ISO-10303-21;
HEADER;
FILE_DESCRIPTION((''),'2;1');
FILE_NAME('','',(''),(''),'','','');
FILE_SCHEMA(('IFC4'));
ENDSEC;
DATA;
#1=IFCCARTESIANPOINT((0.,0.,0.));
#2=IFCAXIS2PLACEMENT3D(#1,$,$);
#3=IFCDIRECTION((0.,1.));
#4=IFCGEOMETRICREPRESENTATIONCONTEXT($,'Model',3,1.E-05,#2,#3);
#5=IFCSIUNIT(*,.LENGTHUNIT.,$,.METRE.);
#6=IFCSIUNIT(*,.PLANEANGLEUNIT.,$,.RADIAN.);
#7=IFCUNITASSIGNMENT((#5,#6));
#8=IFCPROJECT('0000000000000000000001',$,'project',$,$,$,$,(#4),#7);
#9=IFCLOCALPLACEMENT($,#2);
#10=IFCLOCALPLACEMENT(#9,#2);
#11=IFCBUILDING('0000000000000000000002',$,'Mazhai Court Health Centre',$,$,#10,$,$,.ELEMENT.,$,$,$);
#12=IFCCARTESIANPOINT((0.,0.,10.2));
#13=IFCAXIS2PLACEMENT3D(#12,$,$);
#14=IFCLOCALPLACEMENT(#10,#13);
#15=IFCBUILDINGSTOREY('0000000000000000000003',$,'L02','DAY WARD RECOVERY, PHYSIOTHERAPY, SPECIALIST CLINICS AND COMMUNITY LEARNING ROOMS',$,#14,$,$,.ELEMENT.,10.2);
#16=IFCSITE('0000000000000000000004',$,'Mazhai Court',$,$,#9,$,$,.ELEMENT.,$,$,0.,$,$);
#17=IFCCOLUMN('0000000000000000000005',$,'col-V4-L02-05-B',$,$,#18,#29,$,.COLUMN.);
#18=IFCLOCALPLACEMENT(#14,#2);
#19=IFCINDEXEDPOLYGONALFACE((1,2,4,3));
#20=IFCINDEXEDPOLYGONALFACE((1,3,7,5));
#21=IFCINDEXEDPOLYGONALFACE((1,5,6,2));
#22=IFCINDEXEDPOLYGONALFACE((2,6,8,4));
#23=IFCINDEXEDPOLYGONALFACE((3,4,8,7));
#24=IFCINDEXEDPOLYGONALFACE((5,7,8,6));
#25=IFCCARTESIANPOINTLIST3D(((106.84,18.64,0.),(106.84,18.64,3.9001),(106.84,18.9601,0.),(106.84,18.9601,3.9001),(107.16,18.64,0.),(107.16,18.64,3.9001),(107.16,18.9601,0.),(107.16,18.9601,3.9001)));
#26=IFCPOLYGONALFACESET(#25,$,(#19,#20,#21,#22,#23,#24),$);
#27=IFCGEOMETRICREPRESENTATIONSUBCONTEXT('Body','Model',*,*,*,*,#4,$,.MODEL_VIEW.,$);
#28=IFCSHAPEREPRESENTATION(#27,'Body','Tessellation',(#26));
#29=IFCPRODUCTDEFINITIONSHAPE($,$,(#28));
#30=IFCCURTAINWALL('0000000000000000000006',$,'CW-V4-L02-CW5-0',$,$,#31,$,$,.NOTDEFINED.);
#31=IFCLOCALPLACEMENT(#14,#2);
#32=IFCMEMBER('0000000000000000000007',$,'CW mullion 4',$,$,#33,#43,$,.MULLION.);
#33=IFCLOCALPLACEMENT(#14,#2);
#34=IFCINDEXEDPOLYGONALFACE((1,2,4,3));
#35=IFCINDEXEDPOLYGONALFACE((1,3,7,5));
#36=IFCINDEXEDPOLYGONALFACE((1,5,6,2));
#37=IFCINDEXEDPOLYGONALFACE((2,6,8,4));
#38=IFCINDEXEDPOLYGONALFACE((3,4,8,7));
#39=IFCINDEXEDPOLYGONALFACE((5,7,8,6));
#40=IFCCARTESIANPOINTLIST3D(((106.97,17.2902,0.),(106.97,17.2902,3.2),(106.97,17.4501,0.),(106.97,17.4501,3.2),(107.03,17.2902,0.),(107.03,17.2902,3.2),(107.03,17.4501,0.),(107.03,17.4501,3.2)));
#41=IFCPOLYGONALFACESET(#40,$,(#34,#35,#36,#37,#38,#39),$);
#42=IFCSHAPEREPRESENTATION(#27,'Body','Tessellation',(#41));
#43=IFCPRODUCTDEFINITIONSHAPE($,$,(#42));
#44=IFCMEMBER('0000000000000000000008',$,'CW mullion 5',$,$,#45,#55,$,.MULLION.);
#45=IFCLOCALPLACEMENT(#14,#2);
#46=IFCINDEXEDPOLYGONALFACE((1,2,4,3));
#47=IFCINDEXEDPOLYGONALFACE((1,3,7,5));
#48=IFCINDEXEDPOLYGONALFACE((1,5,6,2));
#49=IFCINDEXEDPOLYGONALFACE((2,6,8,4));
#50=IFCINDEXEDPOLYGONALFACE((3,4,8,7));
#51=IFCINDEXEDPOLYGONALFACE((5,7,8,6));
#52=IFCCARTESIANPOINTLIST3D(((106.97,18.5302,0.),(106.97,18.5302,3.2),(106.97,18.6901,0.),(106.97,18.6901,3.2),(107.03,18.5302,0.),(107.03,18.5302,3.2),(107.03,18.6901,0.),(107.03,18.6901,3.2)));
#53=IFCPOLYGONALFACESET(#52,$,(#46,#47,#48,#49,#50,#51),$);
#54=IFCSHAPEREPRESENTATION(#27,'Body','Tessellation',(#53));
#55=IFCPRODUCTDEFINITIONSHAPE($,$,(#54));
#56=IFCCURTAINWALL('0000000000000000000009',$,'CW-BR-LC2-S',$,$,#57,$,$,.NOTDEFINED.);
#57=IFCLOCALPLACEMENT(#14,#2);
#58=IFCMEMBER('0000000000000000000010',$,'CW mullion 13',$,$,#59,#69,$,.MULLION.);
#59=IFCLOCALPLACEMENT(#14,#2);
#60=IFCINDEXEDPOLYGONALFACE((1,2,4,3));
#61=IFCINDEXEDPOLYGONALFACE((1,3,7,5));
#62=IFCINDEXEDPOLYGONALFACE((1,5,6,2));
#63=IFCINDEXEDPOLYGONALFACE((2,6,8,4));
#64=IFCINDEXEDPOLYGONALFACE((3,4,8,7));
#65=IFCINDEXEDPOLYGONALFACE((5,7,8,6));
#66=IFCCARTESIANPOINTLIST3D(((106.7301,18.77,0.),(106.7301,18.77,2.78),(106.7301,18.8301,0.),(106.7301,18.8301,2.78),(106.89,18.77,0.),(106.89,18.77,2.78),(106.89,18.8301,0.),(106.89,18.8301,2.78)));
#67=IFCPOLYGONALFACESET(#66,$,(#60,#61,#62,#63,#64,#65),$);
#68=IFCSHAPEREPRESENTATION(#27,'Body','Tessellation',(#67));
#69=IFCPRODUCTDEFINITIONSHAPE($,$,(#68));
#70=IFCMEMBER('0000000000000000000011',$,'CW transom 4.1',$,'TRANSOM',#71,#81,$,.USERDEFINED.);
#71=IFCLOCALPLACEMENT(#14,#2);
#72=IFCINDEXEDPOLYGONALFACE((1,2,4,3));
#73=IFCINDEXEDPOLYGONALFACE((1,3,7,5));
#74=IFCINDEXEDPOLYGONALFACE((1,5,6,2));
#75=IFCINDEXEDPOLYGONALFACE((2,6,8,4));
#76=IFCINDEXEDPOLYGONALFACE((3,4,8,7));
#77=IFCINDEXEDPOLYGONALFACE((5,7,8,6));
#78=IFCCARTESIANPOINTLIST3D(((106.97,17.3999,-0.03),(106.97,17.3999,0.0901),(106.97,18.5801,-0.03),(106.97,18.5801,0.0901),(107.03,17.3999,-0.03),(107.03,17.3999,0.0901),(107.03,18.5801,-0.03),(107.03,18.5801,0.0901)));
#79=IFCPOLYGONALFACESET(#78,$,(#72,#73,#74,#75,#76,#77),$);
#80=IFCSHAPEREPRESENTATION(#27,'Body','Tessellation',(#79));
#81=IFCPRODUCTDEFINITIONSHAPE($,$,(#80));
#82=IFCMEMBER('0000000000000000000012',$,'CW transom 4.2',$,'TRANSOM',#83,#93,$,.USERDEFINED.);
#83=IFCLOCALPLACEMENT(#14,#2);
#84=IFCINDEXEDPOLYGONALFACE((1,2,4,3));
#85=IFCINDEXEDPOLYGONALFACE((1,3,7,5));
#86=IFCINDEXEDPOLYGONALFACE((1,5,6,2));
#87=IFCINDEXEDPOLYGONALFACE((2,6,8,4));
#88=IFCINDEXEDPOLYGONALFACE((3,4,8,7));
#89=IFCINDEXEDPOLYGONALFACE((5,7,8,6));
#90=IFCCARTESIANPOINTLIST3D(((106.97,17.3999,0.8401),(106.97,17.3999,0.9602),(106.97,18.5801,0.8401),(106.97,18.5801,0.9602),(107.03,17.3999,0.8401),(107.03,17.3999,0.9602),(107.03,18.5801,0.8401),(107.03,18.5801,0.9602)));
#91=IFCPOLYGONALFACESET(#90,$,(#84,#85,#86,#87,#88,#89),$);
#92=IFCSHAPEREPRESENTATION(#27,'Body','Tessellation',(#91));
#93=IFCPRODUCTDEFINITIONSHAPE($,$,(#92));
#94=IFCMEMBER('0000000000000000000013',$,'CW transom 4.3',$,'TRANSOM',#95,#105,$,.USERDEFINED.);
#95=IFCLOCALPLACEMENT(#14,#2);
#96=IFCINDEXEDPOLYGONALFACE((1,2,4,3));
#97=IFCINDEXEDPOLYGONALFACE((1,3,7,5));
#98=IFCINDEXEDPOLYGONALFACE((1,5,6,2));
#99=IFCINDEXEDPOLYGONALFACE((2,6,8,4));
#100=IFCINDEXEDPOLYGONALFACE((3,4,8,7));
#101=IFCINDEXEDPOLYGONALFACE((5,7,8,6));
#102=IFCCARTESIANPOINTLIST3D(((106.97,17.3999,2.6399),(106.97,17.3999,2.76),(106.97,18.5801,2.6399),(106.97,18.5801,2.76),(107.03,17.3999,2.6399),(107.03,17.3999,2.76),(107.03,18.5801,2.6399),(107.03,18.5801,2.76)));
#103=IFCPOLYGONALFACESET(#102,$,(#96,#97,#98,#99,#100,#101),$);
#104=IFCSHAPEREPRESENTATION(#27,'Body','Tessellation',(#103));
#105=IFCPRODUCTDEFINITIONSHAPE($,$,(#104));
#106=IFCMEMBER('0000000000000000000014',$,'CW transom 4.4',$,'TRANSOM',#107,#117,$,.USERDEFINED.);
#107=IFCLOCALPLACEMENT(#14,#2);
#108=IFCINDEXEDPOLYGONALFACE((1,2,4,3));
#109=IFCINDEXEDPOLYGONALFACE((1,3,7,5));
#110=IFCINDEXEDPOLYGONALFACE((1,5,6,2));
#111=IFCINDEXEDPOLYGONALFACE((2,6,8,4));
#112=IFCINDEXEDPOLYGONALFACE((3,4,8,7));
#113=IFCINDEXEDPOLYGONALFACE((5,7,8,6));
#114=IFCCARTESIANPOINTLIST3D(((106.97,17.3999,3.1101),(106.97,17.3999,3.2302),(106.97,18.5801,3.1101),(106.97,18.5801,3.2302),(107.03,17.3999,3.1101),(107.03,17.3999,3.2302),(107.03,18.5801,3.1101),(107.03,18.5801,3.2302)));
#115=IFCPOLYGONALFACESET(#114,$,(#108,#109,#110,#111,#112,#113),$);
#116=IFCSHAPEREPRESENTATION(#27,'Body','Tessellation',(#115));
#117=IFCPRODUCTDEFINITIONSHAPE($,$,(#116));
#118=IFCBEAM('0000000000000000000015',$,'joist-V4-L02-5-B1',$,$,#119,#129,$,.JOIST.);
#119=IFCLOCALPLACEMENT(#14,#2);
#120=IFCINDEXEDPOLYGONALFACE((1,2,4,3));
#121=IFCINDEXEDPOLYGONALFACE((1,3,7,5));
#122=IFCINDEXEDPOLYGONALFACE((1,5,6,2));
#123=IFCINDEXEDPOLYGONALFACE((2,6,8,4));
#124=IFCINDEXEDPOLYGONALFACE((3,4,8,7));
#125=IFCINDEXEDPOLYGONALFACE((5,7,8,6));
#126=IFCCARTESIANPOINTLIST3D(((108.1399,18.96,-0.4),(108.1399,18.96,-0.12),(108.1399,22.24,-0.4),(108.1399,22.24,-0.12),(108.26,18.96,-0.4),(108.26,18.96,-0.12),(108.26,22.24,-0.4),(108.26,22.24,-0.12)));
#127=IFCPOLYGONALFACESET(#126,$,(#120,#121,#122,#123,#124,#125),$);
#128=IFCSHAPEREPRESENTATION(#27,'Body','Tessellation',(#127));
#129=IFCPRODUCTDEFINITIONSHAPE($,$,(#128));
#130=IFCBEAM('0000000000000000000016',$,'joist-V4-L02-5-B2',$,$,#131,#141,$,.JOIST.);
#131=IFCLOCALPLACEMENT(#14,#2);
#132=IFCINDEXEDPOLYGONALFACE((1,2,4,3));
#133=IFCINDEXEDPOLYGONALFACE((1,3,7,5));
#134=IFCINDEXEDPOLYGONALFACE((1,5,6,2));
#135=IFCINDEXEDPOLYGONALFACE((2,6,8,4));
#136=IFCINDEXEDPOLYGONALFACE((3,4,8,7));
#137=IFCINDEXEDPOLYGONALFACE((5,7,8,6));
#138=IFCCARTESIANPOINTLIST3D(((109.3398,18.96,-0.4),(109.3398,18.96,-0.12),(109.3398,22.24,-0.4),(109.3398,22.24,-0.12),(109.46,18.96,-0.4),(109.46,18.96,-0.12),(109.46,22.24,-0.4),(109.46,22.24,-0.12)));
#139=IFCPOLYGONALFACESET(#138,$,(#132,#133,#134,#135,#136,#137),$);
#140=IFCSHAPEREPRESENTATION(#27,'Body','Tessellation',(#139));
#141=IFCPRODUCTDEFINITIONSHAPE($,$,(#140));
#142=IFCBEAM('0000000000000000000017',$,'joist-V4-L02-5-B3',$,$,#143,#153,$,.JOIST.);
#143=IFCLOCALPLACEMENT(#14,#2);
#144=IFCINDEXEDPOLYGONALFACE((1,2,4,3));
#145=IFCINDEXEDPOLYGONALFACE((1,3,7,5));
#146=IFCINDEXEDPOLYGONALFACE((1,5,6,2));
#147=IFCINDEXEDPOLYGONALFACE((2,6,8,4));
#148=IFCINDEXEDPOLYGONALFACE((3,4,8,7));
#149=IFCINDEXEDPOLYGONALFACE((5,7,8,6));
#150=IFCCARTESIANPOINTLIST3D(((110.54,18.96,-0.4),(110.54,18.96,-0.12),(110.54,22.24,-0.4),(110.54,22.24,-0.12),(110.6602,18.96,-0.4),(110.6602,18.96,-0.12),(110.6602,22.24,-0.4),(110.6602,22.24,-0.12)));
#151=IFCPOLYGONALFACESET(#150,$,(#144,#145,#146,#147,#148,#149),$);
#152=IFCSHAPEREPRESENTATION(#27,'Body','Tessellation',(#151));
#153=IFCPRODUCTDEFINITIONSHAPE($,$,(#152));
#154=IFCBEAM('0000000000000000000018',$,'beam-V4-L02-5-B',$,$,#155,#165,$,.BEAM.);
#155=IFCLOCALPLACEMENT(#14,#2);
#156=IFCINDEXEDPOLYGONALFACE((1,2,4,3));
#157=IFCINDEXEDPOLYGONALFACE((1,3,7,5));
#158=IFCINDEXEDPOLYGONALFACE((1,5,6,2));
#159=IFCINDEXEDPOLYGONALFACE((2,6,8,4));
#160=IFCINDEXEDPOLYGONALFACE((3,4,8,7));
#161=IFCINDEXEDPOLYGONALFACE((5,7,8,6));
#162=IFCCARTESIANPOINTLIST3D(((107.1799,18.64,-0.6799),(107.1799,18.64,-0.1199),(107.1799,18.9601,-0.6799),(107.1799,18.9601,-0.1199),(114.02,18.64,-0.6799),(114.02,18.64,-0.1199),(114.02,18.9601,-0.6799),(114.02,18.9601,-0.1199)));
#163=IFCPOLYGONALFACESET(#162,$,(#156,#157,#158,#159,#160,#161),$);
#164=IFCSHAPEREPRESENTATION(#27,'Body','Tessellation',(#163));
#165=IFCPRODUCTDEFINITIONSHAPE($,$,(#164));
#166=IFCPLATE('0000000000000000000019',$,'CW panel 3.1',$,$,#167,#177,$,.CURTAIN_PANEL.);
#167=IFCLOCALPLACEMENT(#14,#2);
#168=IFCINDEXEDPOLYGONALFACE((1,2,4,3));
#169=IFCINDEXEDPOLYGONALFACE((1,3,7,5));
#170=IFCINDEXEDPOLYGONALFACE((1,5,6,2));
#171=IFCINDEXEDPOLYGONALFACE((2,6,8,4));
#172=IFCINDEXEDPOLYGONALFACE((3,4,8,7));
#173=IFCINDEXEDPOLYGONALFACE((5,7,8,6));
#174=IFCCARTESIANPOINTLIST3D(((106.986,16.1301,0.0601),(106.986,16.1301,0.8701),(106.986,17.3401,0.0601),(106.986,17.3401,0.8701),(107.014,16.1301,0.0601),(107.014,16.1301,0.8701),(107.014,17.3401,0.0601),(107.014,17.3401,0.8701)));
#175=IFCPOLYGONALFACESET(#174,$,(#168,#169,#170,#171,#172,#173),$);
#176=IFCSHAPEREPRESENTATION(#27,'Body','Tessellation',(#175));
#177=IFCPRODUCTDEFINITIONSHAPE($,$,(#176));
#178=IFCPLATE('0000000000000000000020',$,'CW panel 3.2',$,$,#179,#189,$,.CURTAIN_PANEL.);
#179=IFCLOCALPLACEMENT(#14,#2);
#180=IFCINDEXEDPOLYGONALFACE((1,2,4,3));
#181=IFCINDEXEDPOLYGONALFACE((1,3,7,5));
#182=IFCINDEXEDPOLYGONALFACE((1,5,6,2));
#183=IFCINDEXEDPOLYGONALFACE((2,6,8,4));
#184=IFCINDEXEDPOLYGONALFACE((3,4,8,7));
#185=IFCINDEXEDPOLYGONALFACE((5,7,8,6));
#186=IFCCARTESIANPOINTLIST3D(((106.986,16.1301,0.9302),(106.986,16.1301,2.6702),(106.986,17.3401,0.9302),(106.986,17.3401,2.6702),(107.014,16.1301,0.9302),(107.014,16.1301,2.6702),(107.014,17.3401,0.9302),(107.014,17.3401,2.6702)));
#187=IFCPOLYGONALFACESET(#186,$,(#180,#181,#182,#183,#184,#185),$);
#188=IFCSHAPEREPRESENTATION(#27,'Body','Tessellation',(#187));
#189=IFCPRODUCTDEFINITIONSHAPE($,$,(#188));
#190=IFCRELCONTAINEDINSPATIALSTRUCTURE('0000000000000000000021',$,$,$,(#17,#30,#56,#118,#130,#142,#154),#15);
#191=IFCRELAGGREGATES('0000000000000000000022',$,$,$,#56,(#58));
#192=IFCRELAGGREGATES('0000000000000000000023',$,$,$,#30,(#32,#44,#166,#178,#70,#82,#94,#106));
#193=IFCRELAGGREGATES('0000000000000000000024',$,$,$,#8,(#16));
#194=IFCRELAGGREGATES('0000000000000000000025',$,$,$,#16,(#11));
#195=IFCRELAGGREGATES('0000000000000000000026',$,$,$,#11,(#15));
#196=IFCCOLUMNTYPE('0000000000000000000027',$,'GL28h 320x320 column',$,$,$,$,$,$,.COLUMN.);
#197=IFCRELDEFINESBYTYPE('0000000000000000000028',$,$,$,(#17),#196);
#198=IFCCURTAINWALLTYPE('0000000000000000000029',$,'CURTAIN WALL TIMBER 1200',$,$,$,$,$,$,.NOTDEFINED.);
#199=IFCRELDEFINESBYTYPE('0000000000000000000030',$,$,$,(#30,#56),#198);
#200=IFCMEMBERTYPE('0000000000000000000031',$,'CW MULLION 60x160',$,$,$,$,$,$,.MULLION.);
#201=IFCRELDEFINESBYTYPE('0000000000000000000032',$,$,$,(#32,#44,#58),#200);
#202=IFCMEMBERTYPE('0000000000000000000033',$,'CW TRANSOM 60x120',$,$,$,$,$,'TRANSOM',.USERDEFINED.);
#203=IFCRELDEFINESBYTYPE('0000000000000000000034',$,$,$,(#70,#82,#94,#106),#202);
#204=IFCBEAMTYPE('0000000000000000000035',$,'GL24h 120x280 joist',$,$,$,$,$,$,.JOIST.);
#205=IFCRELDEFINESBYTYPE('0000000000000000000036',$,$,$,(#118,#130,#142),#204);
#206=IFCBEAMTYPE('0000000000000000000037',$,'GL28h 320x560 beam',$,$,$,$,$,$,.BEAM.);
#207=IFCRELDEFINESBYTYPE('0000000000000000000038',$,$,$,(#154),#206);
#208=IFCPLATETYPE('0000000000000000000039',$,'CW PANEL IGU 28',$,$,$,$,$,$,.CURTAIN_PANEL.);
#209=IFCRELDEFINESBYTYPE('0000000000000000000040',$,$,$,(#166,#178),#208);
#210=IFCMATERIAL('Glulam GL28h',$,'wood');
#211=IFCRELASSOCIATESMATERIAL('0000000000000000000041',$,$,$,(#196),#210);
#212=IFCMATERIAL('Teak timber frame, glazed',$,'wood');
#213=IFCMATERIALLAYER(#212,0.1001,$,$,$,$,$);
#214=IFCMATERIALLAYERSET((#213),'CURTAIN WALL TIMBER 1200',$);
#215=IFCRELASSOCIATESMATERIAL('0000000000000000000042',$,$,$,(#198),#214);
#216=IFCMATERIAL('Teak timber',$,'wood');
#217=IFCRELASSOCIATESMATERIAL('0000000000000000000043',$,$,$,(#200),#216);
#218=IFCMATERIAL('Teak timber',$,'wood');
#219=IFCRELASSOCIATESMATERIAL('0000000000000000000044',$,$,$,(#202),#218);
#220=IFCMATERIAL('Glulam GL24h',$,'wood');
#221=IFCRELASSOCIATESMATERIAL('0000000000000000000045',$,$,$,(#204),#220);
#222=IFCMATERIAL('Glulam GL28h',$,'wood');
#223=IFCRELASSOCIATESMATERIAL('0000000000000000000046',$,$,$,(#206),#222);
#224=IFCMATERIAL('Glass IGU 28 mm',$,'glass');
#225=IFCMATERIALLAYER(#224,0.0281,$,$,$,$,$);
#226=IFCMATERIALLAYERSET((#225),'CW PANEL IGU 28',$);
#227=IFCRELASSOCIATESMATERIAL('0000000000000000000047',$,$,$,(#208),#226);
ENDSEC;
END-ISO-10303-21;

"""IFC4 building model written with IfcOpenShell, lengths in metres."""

from ifc_helpers import new_model, si_unit, direction, frame, origin, origin_2d, place, context, subcontext, project, spatial, rectangle, extrude, material, layer, layer_set, material_profile, profile_set, type_object, element, aggregate, save


model = new_model("IFC4")

# Units and contexts
model_context = context("Model", 3, precision=1e-05, world=origin(), true_north=direction((0.0, 1.0)))
body_context = subcontext(model_context, "Body", "Model", "MODEL_VIEW")
ifc_project = project(units=[si_unit("LENGTHUNIT", "METRE"), si_unit("PLANEANGLEUNIT", "RADIAN")], contexts=[model_context])

# Site, building, storey
site_placement = place(None, origin())
site = spatial("IfcSite", under=ifc_project, at=site_placement, Name="Mazhai Court", CompositionType="ELEMENT", RefElevation=0.0)
building_placement = place(site_placement, origin())
building = spatial("IfcBuilding", under=site, at=building_placement, Name="Mazhai Court Health Centre", CompositionType="ELEMENT")
storey_placement = place(building_placement, frame((0.0, 0.0, 10.2)))
storey = spatial("IfcBuildingStorey", under=building, at=storey_placement, Name="L02", Description="DAY WARD RECOVERY, PHYSIOTHERAPY, SPECIALIST CLINICS AND COMMUNITY LEARNING ROOMS", CompositionType="ELEMENT", Elevation=10.2)

# Column
ifc_material_1 = material(Name="Glulam GL28h", Category="wood")
ifc_material_profile_1 = material_profile(ifc_material_1, rectangle(XDim=0.3201, YDim=0.3201, at=origin_2d()), Name="GL28h 320x320")
ifc_profile_set_1 = profile_set([ifc_material_profile_1], Name="Glulam GL28h")
column_type = type_object("IfcColumnType", Name="GL28h 320x320 column", PredefinedType="COLUMN", material=ifc_profile_set_1)
column_placement = place(storey_placement, frame((107.0, 18.8, 0.0), z_axis=(0.0, 0.0, 1.0), x_axis=(1.0, 0.0, 0.0)))
element("IfcColumn", 1, at=column_placement, inside=storey, type_object=column_type, Name="col-V4-L02-05-B", PredefinedType="COLUMN", context=body_context, shape_type="SweptSolid", body=[
    extrude(rectangle(XDim=0.3201, YDim=0.3201, at=origin_2d()), origin(), (0.0, 0.0, 1.0), 3.9001),
])

# Curtain wall, members
ifc_material_2 = material(Name="Teak timber frame, glazed", Category="wood")
ifc_layer_1 = layer(ifc_material_2, 0.1001)
ifc_layer_set_1 = layer_set([ifc_layer_1], Name="CURTAIN WALL TIMBER 1200")
curtain_wall_type = type_object("IfcCurtainWallType", Name="CURTAIN WALL TIMBER 1200", PredefinedType="NOTDEFINED", material=ifc_layer_set_1)
curtain_wall_1_placement = place(storey_placement, origin())
curtain_wall_1 = element("IfcCurtainWall", 2, at=curtain_wall_1_placement, inside=storey, type_object=curtain_wall_type, Name="CW-V4-L02-CW5-0", PredefinedType="NOTDEFINED")
ifc_material_3 = material(Name="Teak timber", Category="wood")
ifc_material_profile_2 = material_profile(ifc_material_3, rectangle(XDim=0.0601, YDim=0.1599, at=origin_2d()), Name="CW MULLION 60x160")
ifc_profile_set_2 = profile_set([ifc_material_profile_2], Name="Teak timber")
member_type_1 = type_object("IfcMemberType", Name="CW MULLION 60x160", PredefinedType="MULLION", material=ifc_profile_set_2)
member_1_placement = place(storey_placement, frame((107.0, 17.3701, 0.0), z_axis=(0.0, 0.0, 1.0), x_axis=(-1.0, 0.0, 0.0)))
member_1 = element("IfcMember", 3, at=member_1_placement, type_object=member_type_1, Name="CW mullion 4", PredefinedType="MULLION", context=body_context, shape_type="SweptSolid", body=[
    extrude(rectangle(XDim=0.0601, YDim=0.1599, at=origin_2d()), origin(), (0.0, 0.0, 1.0), 3.2),
])
member_2_placement = place(storey_placement, frame((107.0, 18.6101, 0.0), z_axis=(0.0, 0.0, 1.0), x_axis=(-1.0, 0.0, 0.0)))
member_2 = element("IfcMember", 4, at=member_2_placement, type_object=member_type_1, Name="CW mullion 5", PredefinedType="MULLION", context=body_context, shape_type="SweptSolid", body=[
    extrude(rectangle(XDim=0.0601, YDim=0.1599, at=origin_2d()), origin(), (0.0, 0.0, 1.0), 3.2),
])

# Curtain wall, member
curtain_wall_2_placement = place(storey_placement, origin())
curtain_wall_2 = element("IfcCurtainWall", 5, at=curtain_wall_2_placement, inside=storey, type_object=curtain_wall_type, Name="CW-BR-LC2-S", PredefinedType="NOTDEFINED")
member_3_placement = place(storey_placement, frame((106.8101, 18.8, 0.0), z_axis=(0.0, 0.0, 1.0), x_axis=(0.0, 1.0, 0.0)))
member_3 = element("IfcMember", 6, at=member_3_placement, type_object=member_type_1, Name="CW mullion 13", PredefinedType="MULLION", context=body_context, shape_type="SweptSolid", body=[
    extrude(rectangle(XDim=0.0601, YDim=0.1599, at=origin_2d()), origin(), (0.0, 0.0, 1.0), 2.78),
])
aggregate(curtain_wall_2, [member_3])

# Members
ifc_material_4 = material(Name="Teak timber", Category="wood")
ifc_material_profile_3 = material_profile(ifc_material_4, rectangle(XDim=0.0601, YDim=0.1201, at=origin_2d()), Name="CW TRANSOM 60x120")
ifc_profile_set_3 = profile_set([ifc_material_profile_3], Name="Teak timber")
member_type_2 = type_object("IfcMemberType", Name="CW TRANSOM 60x120", ElementType="TRANSOM", PredefinedType="USERDEFINED", material=ifc_profile_set_3)
member_4_placement = place(storey_placement, frame((107.0, 17.3999, 0.03), z_axis=(0.0, 1.0, 0.0), x_axis=(-1.0, 0.0, 0.0)))
member_4 = element("IfcMember", 7, at=member_4_placement, type_object=member_type_2, Name="CW transom 4.1", ObjectType="TRANSOM", PredefinedType="USERDEFINED", context=body_context, shape_type="SweptSolid", body=[
    extrude(rectangle(XDim=0.0601, YDim=0.1201, at=origin_2d()), origin(), (0.0, 0.0, 1.0), 1.1802),
])
member_5_placement = place(storey_placement, frame((107.0, 17.3999, 0.9001), z_axis=(0.0, 1.0, 0.0), x_axis=(-1.0, 0.0, 0.0)))
member_5 = element("IfcMember", 8, at=member_5_placement, type_object=member_type_2, Name="CW transom 4.2", ObjectType="TRANSOM", PredefinedType="USERDEFINED", context=body_context, shape_type="SweptSolid", body=[
    extrude(rectangle(XDim=0.0601, YDim=0.1201, at=origin_2d()), origin(), (0.0, 0.0, 1.0), 1.1802),
])
member_6_placement = place(storey_placement, frame((107.0, 17.3999, 2.7), z_axis=(0.0, 1.0, 0.0), x_axis=(-1.0, 0.0, 0.0)))
member_6 = element("IfcMember", 9, at=member_6_placement, type_object=member_type_2, Name="CW transom 4.3", ObjectType="TRANSOM", PredefinedType="USERDEFINED", context=body_context, shape_type="SweptSolid", body=[
    extrude(rectangle(XDim=0.0601, YDim=0.1201, at=origin_2d()), origin(), (0.0, 0.0, 1.0), 1.1802),
])
member_7_placement = place(storey_placement, frame((107.0, 17.3999, 3.1702), z_axis=(0.0, 1.0, 0.0), x_axis=(-1.0, 0.0, 0.0)))
member_7 = element("IfcMember", 10, at=member_7_placement, type_object=member_type_2, Name="CW transom 4.4", ObjectType="TRANSOM", PredefinedType="USERDEFINED", context=body_context, shape_type="SweptSolid", body=[
    extrude(rectangle(XDim=0.0601, YDim=0.1201, at=origin_2d()), origin(), (0.0, 0.0, 1.0), 1.1802),
])

# Beams
ifc_material_5 = material(Name="Glulam GL24h", Category="wood")
ifc_material_profile_4 = material_profile(ifc_material_5, rectangle(XDim=0.1201, YDim=0.28, at=origin_2d()), Name="GL24h 120x280")
ifc_profile_set_4 = profile_set([ifc_material_profile_4], Name="Glulam GL24h")
beam_type_1 = type_object("IfcBeamType", Name="GL24h 120x280 joist", PredefinedType="JOIST", material=ifc_profile_set_4)
for number, where, z_axis, x_axis, name in (
    (11, (108.2, 18.96, -0.26), (0.0, 1.0, 0.0), (-1.0, 0.0, 0.0), "joist-V4-L02-5-B1"),
    (12, (109.3999, 18.96, -0.26), (0.0, 1.0, 0.0), (-1.0, 0.0, 0.0), "joist-V4-L02-5-B2"),
    (13, (110.6001, 18.96, -0.26), (0.0, 1.0, 0.0), (-1.0, 0.0, 0.0), "joist-V4-L02-5-B3"),
):
    element("IfcBeam", number, at=place(storey_placement, frame(where, z_axis=z_axis, x_axis=x_axis)), inside=storey, type_object=beam_type_1, Name=name, PredefinedType="JOIST", context=body_context, shape_type="SweptSolid", body=[
        extrude(rectangle(XDim=0.1201, YDim=0.28, at=origin_2d()), origin(), (0.0, 0.0, 1.0), 3.28),
    ])
ifc_material_6 = material(Name="Glulam GL28h", Category="wood")
ifc_material_profile_5 = material_profile(ifc_material_6, rectangle(XDim=0.3201, YDim=0.5601, at=origin_2d()), Name="GL28h 320x560")
ifc_profile_set_5 = profile_set([ifc_material_profile_5], Name="Glulam GL28h")
beam_type_2 = type_object("IfcBeamType", Name="GL28h 320x560 beam", PredefinedType="BEAM", material=ifc_profile_set_5)
beam_placement = place(storey_placement, frame((107.1799, 18.8, -0.3999), z_axis=(1.0, 0.0, 0.0), x_axis=(0.0, 1.0, 0.0)))
element("IfcBeam", 14, at=beam_placement, inside=storey, type_object=beam_type_2, Name="beam-V4-L02-5-B", PredefinedType="BEAM", context=body_context, shape_type="SweptSolid", body=[
    extrude(rectangle(XDim=0.3201, YDim=0.5601, at=origin_2d()), origin(), (0.0, 0.0, 1.0), 6.8401),
])

# Plates
ifc_material_7 = material(Name="Glass IGU 28 mm", Category="glass")
ifc_layer_2 = layer(ifc_material_7, 0.0281)
ifc_layer_set_2 = layer_set([ifc_layer_2], Name="CW PANEL IGU 28")
plate_type = type_object("IfcPlateType", Name="CW PANEL IGU 28", PredefinedType="CURTAIN_PANEL", material=ifc_layer_set_2)
plate_1_placement = place(storey_placement, frame((107.0, 16.7351, 0.0601), z_axis=(0.0, 0.0, 1.0), x_axis=(0.0, 1.0, 0.0)))
plate_1 = element("IfcPlate", 15, at=plate_1_placement, type_object=plate_type, Name="CW panel 3.1", PredefinedType="CURTAIN_PANEL", context=body_context, shape_type="SweptSolid", body=[
    extrude(rectangle(XDim=1.21, YDim=0.0281, at=origin_2d()), origin(), (0.0, 0.0, 1.0), 0.8101),
])
plate_2_placement = place(storey_placement, frame((107.0, 16.7351, 0.9302), z_axis=(0.0, 0.0, 1.0), x_axis=(0.0, 1.0, 0.0)))
plate_2 = element("IfcPlate", 16, at=plate_2_placement, type_object=plate_type, Name="CW panel 3.2", PredefinedType="CURTAIN_PANEL", context=body_context, shape_type="SweptSolid", body=[
    extrude(rectangle(XDim=1.21, YDim=0.0281, at=origin_2d()), origin(), (0.0, 0.0, 1.0), 1.74),
])
aggregate(curtain_wall_1, [member_1, member_2, plate_1, plate_2, member_4, member_5, member_6, member_7])

save(model, "model.ifc")
